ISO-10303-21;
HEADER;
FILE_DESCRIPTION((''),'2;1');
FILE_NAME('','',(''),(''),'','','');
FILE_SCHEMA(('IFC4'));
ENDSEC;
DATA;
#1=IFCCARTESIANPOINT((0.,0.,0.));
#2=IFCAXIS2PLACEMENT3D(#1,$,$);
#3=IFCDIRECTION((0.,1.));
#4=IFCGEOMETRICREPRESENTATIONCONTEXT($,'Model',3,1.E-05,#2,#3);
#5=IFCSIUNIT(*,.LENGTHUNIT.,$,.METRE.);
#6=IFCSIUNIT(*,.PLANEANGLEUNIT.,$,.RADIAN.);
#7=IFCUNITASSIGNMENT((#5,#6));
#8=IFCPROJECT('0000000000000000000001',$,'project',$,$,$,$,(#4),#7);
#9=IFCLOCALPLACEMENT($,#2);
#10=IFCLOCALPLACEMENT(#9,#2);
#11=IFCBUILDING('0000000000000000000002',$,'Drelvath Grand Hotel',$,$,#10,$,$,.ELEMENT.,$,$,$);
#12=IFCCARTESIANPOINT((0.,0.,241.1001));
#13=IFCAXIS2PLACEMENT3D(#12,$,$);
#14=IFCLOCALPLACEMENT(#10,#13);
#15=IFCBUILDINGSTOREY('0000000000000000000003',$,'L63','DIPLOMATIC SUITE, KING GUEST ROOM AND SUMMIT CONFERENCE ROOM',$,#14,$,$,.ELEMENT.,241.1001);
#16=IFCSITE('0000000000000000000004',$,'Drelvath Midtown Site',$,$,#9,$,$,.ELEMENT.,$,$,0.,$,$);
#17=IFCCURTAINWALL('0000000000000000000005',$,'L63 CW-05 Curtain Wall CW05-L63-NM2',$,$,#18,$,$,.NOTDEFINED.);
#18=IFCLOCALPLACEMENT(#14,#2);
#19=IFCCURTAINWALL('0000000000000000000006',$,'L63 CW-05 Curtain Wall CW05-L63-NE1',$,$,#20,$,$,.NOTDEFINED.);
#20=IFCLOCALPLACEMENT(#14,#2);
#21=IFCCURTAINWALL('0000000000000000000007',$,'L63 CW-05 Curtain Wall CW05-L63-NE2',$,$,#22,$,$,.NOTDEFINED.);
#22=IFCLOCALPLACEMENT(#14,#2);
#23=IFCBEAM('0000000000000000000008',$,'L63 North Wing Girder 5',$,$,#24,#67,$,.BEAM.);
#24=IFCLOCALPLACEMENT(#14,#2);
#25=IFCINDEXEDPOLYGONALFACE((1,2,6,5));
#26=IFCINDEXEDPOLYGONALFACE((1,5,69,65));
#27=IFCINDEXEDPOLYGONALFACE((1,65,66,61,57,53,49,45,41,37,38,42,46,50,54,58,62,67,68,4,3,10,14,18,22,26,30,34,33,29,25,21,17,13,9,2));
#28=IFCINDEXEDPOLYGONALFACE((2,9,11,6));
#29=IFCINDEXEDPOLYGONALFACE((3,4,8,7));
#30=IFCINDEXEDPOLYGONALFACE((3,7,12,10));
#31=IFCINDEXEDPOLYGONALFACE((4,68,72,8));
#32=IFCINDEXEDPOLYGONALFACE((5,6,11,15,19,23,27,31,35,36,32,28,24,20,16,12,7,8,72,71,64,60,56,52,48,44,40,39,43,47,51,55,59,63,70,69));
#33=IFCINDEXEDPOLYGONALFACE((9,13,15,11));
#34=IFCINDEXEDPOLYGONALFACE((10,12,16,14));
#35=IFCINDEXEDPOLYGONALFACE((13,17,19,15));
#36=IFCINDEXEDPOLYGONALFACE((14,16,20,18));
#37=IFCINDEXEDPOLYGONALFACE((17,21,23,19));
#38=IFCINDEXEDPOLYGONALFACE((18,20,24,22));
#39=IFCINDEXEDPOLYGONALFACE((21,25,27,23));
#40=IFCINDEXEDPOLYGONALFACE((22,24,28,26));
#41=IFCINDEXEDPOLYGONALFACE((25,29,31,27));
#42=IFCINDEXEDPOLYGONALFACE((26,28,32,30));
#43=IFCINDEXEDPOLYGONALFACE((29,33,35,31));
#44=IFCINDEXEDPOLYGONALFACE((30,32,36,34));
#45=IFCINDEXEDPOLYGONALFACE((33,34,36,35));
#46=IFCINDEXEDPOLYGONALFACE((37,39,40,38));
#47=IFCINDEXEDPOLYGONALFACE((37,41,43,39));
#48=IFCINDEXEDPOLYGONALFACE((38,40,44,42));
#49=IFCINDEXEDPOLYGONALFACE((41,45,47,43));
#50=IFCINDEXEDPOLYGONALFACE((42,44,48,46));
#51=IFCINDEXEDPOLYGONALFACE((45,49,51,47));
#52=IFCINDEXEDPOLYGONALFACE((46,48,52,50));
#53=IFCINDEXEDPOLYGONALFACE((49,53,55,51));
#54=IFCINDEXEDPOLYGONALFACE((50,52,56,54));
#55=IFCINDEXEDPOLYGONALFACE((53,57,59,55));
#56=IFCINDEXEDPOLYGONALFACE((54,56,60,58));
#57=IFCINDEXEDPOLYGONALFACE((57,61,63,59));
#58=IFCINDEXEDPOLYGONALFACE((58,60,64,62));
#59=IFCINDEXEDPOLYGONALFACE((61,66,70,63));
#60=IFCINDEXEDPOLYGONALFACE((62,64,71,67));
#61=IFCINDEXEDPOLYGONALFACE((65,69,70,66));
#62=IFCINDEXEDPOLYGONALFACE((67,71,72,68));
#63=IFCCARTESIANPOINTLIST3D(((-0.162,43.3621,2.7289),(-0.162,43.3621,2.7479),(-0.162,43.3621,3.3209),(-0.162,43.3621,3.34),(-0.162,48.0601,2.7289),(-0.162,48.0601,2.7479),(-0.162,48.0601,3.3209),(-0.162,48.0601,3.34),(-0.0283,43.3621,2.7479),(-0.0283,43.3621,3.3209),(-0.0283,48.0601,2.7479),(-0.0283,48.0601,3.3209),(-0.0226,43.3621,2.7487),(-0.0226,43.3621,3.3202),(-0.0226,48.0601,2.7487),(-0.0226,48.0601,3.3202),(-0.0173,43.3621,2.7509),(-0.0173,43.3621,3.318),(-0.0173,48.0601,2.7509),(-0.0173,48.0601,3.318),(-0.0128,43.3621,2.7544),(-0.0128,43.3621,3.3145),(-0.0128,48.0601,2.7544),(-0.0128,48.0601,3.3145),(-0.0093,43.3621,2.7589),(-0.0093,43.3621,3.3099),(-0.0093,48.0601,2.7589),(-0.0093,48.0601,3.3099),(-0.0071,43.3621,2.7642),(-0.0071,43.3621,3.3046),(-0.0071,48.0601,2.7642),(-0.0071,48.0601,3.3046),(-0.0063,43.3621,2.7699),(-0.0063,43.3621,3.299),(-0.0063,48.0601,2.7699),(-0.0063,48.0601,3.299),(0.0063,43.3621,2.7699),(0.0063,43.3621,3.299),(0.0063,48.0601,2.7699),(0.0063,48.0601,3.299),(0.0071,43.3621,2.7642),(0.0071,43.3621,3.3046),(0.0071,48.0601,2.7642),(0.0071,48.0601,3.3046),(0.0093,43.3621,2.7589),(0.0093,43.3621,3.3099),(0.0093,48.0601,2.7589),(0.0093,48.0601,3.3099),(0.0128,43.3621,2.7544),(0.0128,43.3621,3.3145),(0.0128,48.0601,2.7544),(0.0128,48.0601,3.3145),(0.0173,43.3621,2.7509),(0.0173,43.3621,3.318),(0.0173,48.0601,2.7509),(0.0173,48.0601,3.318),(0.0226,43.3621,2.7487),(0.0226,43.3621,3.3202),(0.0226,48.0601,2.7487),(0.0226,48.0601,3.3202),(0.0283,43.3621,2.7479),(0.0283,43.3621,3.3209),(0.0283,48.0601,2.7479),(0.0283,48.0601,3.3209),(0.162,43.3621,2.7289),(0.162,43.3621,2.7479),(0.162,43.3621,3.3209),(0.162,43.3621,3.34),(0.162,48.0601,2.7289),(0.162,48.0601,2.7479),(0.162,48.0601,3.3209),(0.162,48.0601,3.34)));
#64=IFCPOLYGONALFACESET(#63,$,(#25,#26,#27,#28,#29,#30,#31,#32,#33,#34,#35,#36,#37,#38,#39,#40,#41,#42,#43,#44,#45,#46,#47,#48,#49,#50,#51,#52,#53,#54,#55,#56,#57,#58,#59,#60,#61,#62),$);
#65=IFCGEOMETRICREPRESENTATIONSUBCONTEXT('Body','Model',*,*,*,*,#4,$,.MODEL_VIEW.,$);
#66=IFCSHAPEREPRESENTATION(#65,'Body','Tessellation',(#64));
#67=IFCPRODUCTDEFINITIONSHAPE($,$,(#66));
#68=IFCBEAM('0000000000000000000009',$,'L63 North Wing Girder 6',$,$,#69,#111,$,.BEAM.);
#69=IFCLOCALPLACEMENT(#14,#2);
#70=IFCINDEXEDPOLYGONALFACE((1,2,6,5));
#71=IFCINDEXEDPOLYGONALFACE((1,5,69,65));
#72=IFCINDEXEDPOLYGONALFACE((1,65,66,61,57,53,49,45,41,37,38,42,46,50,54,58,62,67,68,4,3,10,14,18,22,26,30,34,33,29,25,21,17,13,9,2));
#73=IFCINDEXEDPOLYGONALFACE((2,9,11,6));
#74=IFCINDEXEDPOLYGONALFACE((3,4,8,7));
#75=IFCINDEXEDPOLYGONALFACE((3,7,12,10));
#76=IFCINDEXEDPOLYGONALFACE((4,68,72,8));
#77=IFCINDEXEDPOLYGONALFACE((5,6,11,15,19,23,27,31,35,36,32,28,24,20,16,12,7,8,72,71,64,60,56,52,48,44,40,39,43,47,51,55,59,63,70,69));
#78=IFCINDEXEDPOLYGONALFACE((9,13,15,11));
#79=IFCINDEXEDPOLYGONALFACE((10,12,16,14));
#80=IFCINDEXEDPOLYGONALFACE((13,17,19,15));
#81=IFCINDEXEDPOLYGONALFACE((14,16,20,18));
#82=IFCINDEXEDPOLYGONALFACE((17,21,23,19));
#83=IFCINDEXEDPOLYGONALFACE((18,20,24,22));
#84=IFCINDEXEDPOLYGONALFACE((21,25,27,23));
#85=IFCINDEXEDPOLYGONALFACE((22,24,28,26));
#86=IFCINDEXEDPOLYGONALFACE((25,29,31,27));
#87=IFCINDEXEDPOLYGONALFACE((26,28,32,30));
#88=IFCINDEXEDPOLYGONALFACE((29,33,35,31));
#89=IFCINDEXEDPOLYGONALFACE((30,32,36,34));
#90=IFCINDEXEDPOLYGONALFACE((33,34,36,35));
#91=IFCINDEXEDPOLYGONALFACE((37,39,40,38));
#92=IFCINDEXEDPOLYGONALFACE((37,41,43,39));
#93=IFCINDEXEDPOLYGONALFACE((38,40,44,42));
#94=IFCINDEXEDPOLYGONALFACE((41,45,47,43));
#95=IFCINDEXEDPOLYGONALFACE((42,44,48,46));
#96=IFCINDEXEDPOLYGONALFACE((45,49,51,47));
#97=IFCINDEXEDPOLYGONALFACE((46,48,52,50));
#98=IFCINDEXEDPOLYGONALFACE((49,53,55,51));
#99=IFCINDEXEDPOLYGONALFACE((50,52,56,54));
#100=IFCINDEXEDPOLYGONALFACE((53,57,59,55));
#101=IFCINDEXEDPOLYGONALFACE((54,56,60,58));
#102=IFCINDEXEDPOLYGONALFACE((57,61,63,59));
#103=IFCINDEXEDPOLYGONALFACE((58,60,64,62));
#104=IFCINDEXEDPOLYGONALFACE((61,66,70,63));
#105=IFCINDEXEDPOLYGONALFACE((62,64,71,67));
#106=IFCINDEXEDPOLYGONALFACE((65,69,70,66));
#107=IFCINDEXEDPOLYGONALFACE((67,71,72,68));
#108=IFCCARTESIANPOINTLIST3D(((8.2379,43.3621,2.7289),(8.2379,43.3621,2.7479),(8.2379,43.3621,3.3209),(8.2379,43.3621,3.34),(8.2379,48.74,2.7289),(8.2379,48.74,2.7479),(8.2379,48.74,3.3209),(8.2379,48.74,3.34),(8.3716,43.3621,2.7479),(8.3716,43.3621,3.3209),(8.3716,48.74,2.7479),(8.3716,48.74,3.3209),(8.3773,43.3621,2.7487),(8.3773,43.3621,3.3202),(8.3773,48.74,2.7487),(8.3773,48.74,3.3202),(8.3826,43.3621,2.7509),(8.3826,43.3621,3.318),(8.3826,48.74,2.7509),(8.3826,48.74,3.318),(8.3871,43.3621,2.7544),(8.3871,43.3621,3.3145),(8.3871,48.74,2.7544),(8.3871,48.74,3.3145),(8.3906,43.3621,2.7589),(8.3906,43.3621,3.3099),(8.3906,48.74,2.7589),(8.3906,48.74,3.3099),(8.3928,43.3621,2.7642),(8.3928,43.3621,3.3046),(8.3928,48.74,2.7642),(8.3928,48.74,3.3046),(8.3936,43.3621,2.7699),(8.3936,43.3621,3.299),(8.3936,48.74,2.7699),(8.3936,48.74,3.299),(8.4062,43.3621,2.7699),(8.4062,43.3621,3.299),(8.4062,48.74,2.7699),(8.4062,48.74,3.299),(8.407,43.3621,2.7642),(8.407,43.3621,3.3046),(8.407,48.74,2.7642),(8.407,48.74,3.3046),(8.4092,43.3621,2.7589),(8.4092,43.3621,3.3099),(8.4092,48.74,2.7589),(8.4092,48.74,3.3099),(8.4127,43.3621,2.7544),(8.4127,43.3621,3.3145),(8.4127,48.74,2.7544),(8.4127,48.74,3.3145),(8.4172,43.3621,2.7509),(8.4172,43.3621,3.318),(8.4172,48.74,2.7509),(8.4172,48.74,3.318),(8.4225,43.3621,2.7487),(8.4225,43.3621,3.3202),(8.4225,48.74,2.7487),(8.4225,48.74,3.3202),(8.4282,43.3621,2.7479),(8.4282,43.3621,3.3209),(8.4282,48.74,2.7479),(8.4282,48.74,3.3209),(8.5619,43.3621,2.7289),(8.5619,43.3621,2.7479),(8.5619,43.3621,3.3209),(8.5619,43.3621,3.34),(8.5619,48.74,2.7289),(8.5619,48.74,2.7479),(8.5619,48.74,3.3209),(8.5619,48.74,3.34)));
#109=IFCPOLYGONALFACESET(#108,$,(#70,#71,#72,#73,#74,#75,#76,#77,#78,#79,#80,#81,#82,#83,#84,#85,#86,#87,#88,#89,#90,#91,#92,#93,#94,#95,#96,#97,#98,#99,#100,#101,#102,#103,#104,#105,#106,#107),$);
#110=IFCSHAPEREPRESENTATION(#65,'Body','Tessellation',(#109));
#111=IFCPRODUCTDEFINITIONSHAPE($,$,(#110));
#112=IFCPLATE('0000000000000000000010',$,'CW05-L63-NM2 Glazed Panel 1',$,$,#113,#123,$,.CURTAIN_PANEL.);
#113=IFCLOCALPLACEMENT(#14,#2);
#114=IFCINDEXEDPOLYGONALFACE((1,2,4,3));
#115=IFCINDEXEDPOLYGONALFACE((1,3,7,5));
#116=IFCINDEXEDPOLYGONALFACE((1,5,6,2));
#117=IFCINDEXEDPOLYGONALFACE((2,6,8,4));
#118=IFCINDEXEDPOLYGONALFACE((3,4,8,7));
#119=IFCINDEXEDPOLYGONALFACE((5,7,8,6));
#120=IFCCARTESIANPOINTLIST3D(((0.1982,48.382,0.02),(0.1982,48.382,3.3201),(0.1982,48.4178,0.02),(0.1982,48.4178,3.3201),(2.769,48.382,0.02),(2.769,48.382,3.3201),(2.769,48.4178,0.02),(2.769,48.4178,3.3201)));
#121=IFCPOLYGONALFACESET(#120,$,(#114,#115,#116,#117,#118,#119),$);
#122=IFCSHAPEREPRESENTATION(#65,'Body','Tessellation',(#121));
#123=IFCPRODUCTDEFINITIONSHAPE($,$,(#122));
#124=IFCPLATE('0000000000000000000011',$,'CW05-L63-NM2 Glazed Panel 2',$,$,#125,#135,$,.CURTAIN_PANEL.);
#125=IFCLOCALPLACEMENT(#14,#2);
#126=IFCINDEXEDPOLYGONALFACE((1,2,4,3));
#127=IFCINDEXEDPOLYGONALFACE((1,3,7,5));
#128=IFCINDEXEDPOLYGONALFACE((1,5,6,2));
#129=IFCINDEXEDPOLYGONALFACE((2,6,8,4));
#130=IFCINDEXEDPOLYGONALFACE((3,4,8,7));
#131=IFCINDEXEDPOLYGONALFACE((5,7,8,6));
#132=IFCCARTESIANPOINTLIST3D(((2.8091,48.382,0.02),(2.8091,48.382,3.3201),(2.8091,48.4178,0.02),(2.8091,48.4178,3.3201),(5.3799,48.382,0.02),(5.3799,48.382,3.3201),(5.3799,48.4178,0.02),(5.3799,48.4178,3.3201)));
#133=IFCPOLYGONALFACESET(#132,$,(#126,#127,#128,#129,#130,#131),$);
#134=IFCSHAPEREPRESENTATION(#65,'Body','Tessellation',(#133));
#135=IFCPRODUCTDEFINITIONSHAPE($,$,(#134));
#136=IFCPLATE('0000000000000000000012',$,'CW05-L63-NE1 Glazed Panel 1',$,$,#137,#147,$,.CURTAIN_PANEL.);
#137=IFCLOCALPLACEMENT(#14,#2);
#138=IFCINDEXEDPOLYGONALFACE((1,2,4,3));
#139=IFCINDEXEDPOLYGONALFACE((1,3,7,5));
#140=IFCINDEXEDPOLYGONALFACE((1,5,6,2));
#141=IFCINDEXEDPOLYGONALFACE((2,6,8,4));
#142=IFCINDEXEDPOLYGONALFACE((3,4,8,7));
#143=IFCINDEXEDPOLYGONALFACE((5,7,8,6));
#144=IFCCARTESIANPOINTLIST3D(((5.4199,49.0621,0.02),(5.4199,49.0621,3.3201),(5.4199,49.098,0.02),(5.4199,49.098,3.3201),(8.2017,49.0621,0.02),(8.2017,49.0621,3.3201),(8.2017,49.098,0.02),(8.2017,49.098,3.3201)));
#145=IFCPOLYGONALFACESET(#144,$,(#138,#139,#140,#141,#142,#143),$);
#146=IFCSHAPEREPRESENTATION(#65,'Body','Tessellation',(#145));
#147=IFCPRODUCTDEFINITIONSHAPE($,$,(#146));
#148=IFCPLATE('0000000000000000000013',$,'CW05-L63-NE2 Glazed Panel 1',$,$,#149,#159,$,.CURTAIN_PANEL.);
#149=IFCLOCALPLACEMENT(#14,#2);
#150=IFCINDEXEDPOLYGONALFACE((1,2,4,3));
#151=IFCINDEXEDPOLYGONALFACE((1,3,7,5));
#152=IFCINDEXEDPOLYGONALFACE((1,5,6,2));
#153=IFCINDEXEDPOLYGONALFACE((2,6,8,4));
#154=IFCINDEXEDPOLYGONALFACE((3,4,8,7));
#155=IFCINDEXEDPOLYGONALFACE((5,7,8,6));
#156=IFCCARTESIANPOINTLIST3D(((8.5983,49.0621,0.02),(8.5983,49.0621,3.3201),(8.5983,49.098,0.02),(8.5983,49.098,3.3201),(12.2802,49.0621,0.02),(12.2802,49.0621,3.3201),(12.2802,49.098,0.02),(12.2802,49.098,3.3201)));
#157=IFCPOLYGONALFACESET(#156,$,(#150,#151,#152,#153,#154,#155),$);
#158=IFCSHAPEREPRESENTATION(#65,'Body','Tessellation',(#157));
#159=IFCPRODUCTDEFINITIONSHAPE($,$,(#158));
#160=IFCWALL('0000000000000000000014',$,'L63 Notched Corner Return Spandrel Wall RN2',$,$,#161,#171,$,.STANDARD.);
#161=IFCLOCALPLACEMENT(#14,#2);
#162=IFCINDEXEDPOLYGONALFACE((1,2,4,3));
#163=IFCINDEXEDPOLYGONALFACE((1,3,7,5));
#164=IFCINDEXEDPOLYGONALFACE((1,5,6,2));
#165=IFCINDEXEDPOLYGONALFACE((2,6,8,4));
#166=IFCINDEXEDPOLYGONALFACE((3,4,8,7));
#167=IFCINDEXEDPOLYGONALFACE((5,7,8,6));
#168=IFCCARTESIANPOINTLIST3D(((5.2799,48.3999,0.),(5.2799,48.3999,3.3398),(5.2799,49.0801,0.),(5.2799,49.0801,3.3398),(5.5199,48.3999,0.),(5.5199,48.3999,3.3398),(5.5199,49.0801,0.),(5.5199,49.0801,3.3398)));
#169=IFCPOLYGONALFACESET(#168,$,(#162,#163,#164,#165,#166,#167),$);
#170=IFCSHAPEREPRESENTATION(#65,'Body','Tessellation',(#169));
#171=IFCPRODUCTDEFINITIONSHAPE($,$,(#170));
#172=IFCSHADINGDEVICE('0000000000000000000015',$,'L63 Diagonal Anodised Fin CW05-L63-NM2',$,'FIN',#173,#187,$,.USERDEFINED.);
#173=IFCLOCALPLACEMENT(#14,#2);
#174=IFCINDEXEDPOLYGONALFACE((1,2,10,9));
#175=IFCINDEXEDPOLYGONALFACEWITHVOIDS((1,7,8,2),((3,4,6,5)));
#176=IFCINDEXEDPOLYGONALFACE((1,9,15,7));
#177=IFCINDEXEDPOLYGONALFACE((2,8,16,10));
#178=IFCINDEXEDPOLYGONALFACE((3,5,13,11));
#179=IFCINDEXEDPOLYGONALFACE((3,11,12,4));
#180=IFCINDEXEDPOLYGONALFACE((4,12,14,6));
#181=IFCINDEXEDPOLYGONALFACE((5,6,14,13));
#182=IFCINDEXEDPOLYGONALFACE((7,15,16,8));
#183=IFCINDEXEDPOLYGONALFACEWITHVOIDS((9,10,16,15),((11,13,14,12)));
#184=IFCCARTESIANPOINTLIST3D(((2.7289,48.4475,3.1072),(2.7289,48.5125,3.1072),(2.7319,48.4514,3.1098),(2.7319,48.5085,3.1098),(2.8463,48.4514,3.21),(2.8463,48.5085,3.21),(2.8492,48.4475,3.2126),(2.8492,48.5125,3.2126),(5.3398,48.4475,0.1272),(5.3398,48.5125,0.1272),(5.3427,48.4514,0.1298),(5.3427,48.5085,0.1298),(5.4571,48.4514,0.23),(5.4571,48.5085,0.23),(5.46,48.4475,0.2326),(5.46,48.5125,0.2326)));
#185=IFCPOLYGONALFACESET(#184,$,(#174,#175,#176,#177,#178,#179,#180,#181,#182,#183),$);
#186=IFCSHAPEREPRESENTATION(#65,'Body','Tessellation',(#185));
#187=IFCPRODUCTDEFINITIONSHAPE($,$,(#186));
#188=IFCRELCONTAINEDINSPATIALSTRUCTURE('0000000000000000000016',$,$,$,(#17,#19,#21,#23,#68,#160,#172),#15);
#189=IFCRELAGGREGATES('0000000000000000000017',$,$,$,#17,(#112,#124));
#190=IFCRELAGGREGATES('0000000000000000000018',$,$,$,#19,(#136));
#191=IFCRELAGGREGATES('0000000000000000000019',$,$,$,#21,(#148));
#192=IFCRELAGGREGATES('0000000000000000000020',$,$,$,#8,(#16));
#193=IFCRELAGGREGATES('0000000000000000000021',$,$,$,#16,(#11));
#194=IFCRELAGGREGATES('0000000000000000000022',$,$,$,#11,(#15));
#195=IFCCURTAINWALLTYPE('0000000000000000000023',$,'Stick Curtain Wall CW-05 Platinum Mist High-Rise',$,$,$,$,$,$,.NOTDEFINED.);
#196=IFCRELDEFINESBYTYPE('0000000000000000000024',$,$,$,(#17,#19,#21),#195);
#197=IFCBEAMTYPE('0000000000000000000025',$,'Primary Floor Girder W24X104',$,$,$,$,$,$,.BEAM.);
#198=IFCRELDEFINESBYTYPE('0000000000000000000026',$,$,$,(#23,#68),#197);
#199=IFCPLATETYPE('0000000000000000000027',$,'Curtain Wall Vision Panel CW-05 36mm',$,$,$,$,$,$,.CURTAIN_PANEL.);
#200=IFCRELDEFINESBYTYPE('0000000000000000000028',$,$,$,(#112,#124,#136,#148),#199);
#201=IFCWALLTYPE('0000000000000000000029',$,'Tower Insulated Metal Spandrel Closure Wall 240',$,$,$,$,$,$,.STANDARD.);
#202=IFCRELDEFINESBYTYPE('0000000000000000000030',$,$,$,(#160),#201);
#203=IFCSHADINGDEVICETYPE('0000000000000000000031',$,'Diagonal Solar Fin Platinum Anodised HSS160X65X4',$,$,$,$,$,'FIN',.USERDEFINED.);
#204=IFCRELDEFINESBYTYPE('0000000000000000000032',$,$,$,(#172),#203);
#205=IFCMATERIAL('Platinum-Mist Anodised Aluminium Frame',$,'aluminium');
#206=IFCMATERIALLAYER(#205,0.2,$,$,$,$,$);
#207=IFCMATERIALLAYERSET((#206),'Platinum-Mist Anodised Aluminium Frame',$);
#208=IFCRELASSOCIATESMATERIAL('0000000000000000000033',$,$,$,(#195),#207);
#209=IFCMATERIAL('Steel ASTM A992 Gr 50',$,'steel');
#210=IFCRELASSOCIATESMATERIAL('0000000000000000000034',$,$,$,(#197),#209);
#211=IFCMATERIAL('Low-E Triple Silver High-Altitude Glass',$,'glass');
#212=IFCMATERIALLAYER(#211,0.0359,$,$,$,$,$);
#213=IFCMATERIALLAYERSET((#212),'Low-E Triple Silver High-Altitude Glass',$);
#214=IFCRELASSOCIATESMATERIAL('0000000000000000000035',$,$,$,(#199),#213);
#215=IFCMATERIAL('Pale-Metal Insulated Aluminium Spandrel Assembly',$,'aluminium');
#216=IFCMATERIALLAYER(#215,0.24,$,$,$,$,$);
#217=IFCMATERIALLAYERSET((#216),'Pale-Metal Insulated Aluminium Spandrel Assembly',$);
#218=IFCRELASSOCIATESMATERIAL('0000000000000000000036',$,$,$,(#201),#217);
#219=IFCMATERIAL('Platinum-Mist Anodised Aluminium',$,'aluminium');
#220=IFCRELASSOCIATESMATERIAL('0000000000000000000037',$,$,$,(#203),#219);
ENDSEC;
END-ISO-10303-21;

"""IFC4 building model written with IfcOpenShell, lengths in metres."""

from ifc_helpers import new_model, si_unit, direction, frame, frame_2d, origin, origin_2d, place, context, subcontext, project, spatial, rectangle, hollow_rectangle, i_section, extrude, material, layer, layer_set, material_profile, profile_set, type_object, element, aggregate, save


model = new_model("IFC4")

# Units and contexts
model_context = context("Model", 3, precision=1e-05, world=origin(), true_north=direction((0.0, 1.0)))
body_context = subcontext(model_context, "Body", "Model", "MODEL_VIEW")
ifc_project = project(units=[si_unit("LENGTHUNIT", "METRE"), si_unit("PLANEANGLEUNIT", "RADIAN")], contexts=[model_context])

# Site, building, storey
site_placement = place(None, origin())
site = spatial("IfcSite", under=ifc_project, at=site_placement, Name="Drelvath Midtown Site", CompositionType="ELEMENT", RefElevation=0.0)
building_placement = place(site_placement, origin())
building = spatial("IfcBuilding", under=site, at=building_placement, Name="Drelvath Grand Hotel", CompositionType="ELEMENT")
storey_placement = place(building_placement, frame((0.0, 0.0, 241.1001)))
storey = spatial("IfcBuildingStorey", under=building, at=storey_placement, Name="L63", Description="DIPLOMATIC SUITE, KING GUEST ROOM AND SUMMIT CONFERENCE ROOM", CompositionType="ELEMENT", Elevation=241.1001)

# Curtain walls
ifc_material_1 = material(Name="Platinum-Mist Anodised Aluminium Frame", Category="aluminium")
ifc_layer_1 = layer(ifc_material_1, 0.2)
ifc_layer_set_1 = layer_set([ifc_layer_1], Name="Platinum-Mist Anodised Aluminium Frame")
curtain_wall_type = type_object("IfcCurtainWallType", Name="Stick Curtain Wall CW-05 Platinum Mist High-Rise", PredefinedType="NOTDEFINED", material=ifc_layer_set_1)
curtain_wall_1_placement = place(storey_placement, origin())
curtain_wall_1 = element("IfcCurtainWall", 1, at=curtain_wall_1_placement, inside=storey, type_object=curtain_wall_type, Name="L63 CW-05 Curtain Wall CW05-L63-NM2", PredefinedType="NOTDEFINED")
curtain_wall_2_placement = place(storey_placement, origin())
curtain_wall_2 = element("IfcCurtainWall", 2, at=curtain_wall_2_placement, inside=storey, type_object=curtain_wall_type, Name="L63 CW-05 Curtain Wall CW05-L63-NE1", PredefinedType="NOTDEFINED")
curtain_wall_3_placement = place(storey_placement, origin())
curtain_wall_3 = element("IfcCurtainWall", 3, at=curtain_wall_3_placement, inside=storey, type_object=curtain_wall_type, Name="L63 CW-05 Curtain Wall CW05-L63-NE2", PredefinedType="NOTDEFINED")

# Beams
ifc_material_2 = material(Name="Steel ASTM A992 Gr 50", Category="steel")
ifc_material_profile_1 = material_profile(ifc_material_2, i_section(OverallWidth=0.324, OverallDepth=0.6111, WebThickness=0.0127, FlangeThickness=0.019, FilletRadius=0.022, at=origin_2d()), Name="W24X104")
ifc_profile_set_1 = profile_set([ifc_material_profile_1], Name="Steel ASTM A992 Gr 50")
beam_type_1 = type_object("IfcBeamType", Name="Primary Floor Girder W24X104", PredefinedType="BEAM", material=ifc_profile_set_1)
beam_1_placement = place(storey_placement, frame((0.0, 43.3621, 3.0344), z_axis=(0.0, 1.0, 0.0), x_axis=(-1.0, 0.0, 0.0)))
element("IfcBeam", 4, at=beam_1_placement, inside=storey, type_object=beam_type_1, Name="L63 North Wing Girder 5", PredefinedType="BEAM", context=body_context, shape_type="SweptSolid", body=[
    extrude(i_section(OverallWidth=0.324, OverallDepth=0.6111, WebThickness=0.0127, FlangeThickness=0.019, FilletRadius=0.022, at=origin_2d()), origin(), (0.0, 0.0, 1.0), 4.698),
])
beam_2_placement = place(storey_placement, frame((8.3999, 43.3621, 3.0344), z_axis=(0.0, 1.0, 0.0), x_axis=(-1.0, 0.0, 0.0)))
element("IfcBeam", 5, at=beam_2_placement, inside=storey, type_object=beam_type_1, Name="L63 North Wing Girder 6", PredefinedType="BEAM", context=body_context, shape_type="SweptSolid", body=[
    extrude(i_section(OverallWidth=0.324, OverallDepth=0.6111, WebThickness=0.0127, FlangeThickness=0.019, FilletRadius=0.022, at=origin_2d()), origin(), (0.0, 0.0, 1.0), 5.3779),
])

# Plates
ifc_material_3 = material(Name="Low-E Triple Silver High-Altitude Glass", Category="glass")
ifc_layer_2 = layer(ifc_material_3, 0.0359)
ifc_layer_set_2 = layer_set([ifc_layer_2], Name="Low-E Triple Silver High-Altitude Glass")
plate_type = type_object("IfcPlateType", Name="Curtain Wall Vision Panel CW-05 36mm", PredefinedType="CURTAIN_PANEL", material=ifc_layer_set_2)
plate_1_placement = place(storey_placement, frame((1.4836, 48.3999, 0.02), z_axis=(0.0, 0.0, 1.0), x_axis=(1.0, 0.0, 0.0)))
plate_1 = element("IfcPlate", 6, at=plate_1_placement, type_object=plate_type, Name="CW05-L63-NM2 Glazed Panel 1", PredefinedType="CURTAIN_PANEL", context=body_context, shape_type="SweptSolid", body=[
    extrude(rectangle(XDim=2.5708, YDim=0.0359, at=origin_2d()), origin(), (0.0, 0.0, 1.0), 3.3),
])
plate_2_placement = place(storey_placement, frame((4.0945, 48.3999, 0.02), z_axis=(0.0, 0.0, 1.0), x_axis=(1.0, 0.0, 0.0)))
plate_2 = element("IfcPlate", 7, at=plate_2_placement, type_object=plate_type, Name="CW05-L63-NM2 Glazed Panel 2", PredefinedType="CURTAIN_PANEL", context=body_context, shape_type="SweptSolid", body=[
    extrude(rectangle(XDim=2.5708, YDim=0.0359, at=origin_2d()), origin(), (0.0, 0.0, 1.0), 3.3),
])
aggregate(curtain_wall_1, [plate_1, plate_2])
plate_3_placement = place(storey_placement, frame((6.8108, 49.0801, 0.02), z_axis=(0.0, 0.0, 1.0), x_axis=(1.0, 0.0, 0.0)))
plate_3 = element("IfcPlate", 8, at=plate_3_placement, type_object=plate_type, Name="CW05-L63-NE1 Glazed Panel 1", PredefinedType="CURTAIN_PANEL", context=body_context, shape_type="SweptSolid", body=[
    extrude(rectangle(XDim=2.7817, YDim=0.0359, at=origin_2d()), origin(), (0.0, 0.0, 1.0), 3.3),
])
aggregate(curtain_wall_2, [plate_3])
plate_4_placement = place(storey_placement, frame((10.4392, 49.0801, 0.02), z_axis=(0.0, 0.0, 1.0), x_axis=(1.0, 0.0, 0.0)))
plate_4 = element("IfcPlate", 9, at=plate_4_placement, type_object=plate_type, Name="CW05-L63-NE2 Glazed Panel 1", PredefinedType="CURTAIN_PANEL", context=body_context, shape_type="SweptSolid", body=[
    extrude(rectangle(XDim=3.6819, YDim=0.0359, at=origin_2d()), origin(), (0.0, 0.0, 1.0), 3.3),
])
aggregate(curtain_wall_3, [plate_4])

# Wall
ifc_material_4 = material(Name="Pale-Metal Insulated Aluminium Spandrel Assembly", Category="aluminium")
ifc_layer_3 = layer(ifc_material_4, 0.24)
ifc_layer_set_3 = layer_set([ifc_layer_3], Name="Pale-Metal Insulated Aluminium Spandrel Assembly")
wall_type = type_object("IfcWallType", Name="Tower Insulated Metal Spandrel Closure Wall 240", PredefinedType="STANDARD", material=ifc_layer_set_3)
wall_placement = place(storey_placement, frame((5.3999, 48.3999, 0.0), z_axis=(0.0, 0.0, 1.0), x_axis=(0.0, 1.0, 0.0)))
element("IfcWall", 10, at=wall_placement, inside=storey, type_object=wall_type, Name="L63 Notched Corner Return Spandrel Wall RN2", PredefinedType="STANDARD", context=body_context, shape_type="SweptSolid", body=[
    extrude(rectangle(XDim=0.6802, YDim=0.24, at=frame_2d((0.3401, 0.0))), origin(), (0.0, 0.0, 1.0), 3.3398),
])

# Shading device
ifc_material_5 = material(Name="Platinum-Mist Anodised Aluminium", Category="aluminium")
ifc_material_profile_2 = material_profile(ifc_material_5, hollow_rectangle(XDim=0.0649, YDim=0.1599, WallThickness=0.0039, at=origin_2d()), Name="HSS160X65X4")
ifc_profile_set_2 = profile_set([ifc_material_profile_2], Name="Platinum-Mist Anodised Aluminium")
shading_device_type = type_object("IfcShadingDeviceType", Name="Diagonal Solar Fin Platinum Anodised HSS160X65X4", ElementType="FIN", PredefinedType="USERDEFINED", material=ifc_profile_set_2)
shading_device_placement = place(storey_placement, frame((5.3999, 48.48, 0.1799), z_axis=(-0.658984, 0.0, 0.752157), x_axis=(0.0, -1.0, 0.0)))
element("IfcShadingDevice", 11, at=shading_device_placement, inside=storey, type_object=shading_device_type, Name="L63 Diagonal Anodised Fin CW05-L63-NM2", ObjectType="FIN", PredefinedType="USERDEFINED", context=body_context, shape_type="SweptSolid", body=[
    extrude(hollow_rectangle(XDim=0.0649, YDim=0.1599, WallThickness=0.0039, at=origin_2d()), origin(), (0.0, 0.0, 1.0), 3.9619),
])

save(model, "model.ifc")
